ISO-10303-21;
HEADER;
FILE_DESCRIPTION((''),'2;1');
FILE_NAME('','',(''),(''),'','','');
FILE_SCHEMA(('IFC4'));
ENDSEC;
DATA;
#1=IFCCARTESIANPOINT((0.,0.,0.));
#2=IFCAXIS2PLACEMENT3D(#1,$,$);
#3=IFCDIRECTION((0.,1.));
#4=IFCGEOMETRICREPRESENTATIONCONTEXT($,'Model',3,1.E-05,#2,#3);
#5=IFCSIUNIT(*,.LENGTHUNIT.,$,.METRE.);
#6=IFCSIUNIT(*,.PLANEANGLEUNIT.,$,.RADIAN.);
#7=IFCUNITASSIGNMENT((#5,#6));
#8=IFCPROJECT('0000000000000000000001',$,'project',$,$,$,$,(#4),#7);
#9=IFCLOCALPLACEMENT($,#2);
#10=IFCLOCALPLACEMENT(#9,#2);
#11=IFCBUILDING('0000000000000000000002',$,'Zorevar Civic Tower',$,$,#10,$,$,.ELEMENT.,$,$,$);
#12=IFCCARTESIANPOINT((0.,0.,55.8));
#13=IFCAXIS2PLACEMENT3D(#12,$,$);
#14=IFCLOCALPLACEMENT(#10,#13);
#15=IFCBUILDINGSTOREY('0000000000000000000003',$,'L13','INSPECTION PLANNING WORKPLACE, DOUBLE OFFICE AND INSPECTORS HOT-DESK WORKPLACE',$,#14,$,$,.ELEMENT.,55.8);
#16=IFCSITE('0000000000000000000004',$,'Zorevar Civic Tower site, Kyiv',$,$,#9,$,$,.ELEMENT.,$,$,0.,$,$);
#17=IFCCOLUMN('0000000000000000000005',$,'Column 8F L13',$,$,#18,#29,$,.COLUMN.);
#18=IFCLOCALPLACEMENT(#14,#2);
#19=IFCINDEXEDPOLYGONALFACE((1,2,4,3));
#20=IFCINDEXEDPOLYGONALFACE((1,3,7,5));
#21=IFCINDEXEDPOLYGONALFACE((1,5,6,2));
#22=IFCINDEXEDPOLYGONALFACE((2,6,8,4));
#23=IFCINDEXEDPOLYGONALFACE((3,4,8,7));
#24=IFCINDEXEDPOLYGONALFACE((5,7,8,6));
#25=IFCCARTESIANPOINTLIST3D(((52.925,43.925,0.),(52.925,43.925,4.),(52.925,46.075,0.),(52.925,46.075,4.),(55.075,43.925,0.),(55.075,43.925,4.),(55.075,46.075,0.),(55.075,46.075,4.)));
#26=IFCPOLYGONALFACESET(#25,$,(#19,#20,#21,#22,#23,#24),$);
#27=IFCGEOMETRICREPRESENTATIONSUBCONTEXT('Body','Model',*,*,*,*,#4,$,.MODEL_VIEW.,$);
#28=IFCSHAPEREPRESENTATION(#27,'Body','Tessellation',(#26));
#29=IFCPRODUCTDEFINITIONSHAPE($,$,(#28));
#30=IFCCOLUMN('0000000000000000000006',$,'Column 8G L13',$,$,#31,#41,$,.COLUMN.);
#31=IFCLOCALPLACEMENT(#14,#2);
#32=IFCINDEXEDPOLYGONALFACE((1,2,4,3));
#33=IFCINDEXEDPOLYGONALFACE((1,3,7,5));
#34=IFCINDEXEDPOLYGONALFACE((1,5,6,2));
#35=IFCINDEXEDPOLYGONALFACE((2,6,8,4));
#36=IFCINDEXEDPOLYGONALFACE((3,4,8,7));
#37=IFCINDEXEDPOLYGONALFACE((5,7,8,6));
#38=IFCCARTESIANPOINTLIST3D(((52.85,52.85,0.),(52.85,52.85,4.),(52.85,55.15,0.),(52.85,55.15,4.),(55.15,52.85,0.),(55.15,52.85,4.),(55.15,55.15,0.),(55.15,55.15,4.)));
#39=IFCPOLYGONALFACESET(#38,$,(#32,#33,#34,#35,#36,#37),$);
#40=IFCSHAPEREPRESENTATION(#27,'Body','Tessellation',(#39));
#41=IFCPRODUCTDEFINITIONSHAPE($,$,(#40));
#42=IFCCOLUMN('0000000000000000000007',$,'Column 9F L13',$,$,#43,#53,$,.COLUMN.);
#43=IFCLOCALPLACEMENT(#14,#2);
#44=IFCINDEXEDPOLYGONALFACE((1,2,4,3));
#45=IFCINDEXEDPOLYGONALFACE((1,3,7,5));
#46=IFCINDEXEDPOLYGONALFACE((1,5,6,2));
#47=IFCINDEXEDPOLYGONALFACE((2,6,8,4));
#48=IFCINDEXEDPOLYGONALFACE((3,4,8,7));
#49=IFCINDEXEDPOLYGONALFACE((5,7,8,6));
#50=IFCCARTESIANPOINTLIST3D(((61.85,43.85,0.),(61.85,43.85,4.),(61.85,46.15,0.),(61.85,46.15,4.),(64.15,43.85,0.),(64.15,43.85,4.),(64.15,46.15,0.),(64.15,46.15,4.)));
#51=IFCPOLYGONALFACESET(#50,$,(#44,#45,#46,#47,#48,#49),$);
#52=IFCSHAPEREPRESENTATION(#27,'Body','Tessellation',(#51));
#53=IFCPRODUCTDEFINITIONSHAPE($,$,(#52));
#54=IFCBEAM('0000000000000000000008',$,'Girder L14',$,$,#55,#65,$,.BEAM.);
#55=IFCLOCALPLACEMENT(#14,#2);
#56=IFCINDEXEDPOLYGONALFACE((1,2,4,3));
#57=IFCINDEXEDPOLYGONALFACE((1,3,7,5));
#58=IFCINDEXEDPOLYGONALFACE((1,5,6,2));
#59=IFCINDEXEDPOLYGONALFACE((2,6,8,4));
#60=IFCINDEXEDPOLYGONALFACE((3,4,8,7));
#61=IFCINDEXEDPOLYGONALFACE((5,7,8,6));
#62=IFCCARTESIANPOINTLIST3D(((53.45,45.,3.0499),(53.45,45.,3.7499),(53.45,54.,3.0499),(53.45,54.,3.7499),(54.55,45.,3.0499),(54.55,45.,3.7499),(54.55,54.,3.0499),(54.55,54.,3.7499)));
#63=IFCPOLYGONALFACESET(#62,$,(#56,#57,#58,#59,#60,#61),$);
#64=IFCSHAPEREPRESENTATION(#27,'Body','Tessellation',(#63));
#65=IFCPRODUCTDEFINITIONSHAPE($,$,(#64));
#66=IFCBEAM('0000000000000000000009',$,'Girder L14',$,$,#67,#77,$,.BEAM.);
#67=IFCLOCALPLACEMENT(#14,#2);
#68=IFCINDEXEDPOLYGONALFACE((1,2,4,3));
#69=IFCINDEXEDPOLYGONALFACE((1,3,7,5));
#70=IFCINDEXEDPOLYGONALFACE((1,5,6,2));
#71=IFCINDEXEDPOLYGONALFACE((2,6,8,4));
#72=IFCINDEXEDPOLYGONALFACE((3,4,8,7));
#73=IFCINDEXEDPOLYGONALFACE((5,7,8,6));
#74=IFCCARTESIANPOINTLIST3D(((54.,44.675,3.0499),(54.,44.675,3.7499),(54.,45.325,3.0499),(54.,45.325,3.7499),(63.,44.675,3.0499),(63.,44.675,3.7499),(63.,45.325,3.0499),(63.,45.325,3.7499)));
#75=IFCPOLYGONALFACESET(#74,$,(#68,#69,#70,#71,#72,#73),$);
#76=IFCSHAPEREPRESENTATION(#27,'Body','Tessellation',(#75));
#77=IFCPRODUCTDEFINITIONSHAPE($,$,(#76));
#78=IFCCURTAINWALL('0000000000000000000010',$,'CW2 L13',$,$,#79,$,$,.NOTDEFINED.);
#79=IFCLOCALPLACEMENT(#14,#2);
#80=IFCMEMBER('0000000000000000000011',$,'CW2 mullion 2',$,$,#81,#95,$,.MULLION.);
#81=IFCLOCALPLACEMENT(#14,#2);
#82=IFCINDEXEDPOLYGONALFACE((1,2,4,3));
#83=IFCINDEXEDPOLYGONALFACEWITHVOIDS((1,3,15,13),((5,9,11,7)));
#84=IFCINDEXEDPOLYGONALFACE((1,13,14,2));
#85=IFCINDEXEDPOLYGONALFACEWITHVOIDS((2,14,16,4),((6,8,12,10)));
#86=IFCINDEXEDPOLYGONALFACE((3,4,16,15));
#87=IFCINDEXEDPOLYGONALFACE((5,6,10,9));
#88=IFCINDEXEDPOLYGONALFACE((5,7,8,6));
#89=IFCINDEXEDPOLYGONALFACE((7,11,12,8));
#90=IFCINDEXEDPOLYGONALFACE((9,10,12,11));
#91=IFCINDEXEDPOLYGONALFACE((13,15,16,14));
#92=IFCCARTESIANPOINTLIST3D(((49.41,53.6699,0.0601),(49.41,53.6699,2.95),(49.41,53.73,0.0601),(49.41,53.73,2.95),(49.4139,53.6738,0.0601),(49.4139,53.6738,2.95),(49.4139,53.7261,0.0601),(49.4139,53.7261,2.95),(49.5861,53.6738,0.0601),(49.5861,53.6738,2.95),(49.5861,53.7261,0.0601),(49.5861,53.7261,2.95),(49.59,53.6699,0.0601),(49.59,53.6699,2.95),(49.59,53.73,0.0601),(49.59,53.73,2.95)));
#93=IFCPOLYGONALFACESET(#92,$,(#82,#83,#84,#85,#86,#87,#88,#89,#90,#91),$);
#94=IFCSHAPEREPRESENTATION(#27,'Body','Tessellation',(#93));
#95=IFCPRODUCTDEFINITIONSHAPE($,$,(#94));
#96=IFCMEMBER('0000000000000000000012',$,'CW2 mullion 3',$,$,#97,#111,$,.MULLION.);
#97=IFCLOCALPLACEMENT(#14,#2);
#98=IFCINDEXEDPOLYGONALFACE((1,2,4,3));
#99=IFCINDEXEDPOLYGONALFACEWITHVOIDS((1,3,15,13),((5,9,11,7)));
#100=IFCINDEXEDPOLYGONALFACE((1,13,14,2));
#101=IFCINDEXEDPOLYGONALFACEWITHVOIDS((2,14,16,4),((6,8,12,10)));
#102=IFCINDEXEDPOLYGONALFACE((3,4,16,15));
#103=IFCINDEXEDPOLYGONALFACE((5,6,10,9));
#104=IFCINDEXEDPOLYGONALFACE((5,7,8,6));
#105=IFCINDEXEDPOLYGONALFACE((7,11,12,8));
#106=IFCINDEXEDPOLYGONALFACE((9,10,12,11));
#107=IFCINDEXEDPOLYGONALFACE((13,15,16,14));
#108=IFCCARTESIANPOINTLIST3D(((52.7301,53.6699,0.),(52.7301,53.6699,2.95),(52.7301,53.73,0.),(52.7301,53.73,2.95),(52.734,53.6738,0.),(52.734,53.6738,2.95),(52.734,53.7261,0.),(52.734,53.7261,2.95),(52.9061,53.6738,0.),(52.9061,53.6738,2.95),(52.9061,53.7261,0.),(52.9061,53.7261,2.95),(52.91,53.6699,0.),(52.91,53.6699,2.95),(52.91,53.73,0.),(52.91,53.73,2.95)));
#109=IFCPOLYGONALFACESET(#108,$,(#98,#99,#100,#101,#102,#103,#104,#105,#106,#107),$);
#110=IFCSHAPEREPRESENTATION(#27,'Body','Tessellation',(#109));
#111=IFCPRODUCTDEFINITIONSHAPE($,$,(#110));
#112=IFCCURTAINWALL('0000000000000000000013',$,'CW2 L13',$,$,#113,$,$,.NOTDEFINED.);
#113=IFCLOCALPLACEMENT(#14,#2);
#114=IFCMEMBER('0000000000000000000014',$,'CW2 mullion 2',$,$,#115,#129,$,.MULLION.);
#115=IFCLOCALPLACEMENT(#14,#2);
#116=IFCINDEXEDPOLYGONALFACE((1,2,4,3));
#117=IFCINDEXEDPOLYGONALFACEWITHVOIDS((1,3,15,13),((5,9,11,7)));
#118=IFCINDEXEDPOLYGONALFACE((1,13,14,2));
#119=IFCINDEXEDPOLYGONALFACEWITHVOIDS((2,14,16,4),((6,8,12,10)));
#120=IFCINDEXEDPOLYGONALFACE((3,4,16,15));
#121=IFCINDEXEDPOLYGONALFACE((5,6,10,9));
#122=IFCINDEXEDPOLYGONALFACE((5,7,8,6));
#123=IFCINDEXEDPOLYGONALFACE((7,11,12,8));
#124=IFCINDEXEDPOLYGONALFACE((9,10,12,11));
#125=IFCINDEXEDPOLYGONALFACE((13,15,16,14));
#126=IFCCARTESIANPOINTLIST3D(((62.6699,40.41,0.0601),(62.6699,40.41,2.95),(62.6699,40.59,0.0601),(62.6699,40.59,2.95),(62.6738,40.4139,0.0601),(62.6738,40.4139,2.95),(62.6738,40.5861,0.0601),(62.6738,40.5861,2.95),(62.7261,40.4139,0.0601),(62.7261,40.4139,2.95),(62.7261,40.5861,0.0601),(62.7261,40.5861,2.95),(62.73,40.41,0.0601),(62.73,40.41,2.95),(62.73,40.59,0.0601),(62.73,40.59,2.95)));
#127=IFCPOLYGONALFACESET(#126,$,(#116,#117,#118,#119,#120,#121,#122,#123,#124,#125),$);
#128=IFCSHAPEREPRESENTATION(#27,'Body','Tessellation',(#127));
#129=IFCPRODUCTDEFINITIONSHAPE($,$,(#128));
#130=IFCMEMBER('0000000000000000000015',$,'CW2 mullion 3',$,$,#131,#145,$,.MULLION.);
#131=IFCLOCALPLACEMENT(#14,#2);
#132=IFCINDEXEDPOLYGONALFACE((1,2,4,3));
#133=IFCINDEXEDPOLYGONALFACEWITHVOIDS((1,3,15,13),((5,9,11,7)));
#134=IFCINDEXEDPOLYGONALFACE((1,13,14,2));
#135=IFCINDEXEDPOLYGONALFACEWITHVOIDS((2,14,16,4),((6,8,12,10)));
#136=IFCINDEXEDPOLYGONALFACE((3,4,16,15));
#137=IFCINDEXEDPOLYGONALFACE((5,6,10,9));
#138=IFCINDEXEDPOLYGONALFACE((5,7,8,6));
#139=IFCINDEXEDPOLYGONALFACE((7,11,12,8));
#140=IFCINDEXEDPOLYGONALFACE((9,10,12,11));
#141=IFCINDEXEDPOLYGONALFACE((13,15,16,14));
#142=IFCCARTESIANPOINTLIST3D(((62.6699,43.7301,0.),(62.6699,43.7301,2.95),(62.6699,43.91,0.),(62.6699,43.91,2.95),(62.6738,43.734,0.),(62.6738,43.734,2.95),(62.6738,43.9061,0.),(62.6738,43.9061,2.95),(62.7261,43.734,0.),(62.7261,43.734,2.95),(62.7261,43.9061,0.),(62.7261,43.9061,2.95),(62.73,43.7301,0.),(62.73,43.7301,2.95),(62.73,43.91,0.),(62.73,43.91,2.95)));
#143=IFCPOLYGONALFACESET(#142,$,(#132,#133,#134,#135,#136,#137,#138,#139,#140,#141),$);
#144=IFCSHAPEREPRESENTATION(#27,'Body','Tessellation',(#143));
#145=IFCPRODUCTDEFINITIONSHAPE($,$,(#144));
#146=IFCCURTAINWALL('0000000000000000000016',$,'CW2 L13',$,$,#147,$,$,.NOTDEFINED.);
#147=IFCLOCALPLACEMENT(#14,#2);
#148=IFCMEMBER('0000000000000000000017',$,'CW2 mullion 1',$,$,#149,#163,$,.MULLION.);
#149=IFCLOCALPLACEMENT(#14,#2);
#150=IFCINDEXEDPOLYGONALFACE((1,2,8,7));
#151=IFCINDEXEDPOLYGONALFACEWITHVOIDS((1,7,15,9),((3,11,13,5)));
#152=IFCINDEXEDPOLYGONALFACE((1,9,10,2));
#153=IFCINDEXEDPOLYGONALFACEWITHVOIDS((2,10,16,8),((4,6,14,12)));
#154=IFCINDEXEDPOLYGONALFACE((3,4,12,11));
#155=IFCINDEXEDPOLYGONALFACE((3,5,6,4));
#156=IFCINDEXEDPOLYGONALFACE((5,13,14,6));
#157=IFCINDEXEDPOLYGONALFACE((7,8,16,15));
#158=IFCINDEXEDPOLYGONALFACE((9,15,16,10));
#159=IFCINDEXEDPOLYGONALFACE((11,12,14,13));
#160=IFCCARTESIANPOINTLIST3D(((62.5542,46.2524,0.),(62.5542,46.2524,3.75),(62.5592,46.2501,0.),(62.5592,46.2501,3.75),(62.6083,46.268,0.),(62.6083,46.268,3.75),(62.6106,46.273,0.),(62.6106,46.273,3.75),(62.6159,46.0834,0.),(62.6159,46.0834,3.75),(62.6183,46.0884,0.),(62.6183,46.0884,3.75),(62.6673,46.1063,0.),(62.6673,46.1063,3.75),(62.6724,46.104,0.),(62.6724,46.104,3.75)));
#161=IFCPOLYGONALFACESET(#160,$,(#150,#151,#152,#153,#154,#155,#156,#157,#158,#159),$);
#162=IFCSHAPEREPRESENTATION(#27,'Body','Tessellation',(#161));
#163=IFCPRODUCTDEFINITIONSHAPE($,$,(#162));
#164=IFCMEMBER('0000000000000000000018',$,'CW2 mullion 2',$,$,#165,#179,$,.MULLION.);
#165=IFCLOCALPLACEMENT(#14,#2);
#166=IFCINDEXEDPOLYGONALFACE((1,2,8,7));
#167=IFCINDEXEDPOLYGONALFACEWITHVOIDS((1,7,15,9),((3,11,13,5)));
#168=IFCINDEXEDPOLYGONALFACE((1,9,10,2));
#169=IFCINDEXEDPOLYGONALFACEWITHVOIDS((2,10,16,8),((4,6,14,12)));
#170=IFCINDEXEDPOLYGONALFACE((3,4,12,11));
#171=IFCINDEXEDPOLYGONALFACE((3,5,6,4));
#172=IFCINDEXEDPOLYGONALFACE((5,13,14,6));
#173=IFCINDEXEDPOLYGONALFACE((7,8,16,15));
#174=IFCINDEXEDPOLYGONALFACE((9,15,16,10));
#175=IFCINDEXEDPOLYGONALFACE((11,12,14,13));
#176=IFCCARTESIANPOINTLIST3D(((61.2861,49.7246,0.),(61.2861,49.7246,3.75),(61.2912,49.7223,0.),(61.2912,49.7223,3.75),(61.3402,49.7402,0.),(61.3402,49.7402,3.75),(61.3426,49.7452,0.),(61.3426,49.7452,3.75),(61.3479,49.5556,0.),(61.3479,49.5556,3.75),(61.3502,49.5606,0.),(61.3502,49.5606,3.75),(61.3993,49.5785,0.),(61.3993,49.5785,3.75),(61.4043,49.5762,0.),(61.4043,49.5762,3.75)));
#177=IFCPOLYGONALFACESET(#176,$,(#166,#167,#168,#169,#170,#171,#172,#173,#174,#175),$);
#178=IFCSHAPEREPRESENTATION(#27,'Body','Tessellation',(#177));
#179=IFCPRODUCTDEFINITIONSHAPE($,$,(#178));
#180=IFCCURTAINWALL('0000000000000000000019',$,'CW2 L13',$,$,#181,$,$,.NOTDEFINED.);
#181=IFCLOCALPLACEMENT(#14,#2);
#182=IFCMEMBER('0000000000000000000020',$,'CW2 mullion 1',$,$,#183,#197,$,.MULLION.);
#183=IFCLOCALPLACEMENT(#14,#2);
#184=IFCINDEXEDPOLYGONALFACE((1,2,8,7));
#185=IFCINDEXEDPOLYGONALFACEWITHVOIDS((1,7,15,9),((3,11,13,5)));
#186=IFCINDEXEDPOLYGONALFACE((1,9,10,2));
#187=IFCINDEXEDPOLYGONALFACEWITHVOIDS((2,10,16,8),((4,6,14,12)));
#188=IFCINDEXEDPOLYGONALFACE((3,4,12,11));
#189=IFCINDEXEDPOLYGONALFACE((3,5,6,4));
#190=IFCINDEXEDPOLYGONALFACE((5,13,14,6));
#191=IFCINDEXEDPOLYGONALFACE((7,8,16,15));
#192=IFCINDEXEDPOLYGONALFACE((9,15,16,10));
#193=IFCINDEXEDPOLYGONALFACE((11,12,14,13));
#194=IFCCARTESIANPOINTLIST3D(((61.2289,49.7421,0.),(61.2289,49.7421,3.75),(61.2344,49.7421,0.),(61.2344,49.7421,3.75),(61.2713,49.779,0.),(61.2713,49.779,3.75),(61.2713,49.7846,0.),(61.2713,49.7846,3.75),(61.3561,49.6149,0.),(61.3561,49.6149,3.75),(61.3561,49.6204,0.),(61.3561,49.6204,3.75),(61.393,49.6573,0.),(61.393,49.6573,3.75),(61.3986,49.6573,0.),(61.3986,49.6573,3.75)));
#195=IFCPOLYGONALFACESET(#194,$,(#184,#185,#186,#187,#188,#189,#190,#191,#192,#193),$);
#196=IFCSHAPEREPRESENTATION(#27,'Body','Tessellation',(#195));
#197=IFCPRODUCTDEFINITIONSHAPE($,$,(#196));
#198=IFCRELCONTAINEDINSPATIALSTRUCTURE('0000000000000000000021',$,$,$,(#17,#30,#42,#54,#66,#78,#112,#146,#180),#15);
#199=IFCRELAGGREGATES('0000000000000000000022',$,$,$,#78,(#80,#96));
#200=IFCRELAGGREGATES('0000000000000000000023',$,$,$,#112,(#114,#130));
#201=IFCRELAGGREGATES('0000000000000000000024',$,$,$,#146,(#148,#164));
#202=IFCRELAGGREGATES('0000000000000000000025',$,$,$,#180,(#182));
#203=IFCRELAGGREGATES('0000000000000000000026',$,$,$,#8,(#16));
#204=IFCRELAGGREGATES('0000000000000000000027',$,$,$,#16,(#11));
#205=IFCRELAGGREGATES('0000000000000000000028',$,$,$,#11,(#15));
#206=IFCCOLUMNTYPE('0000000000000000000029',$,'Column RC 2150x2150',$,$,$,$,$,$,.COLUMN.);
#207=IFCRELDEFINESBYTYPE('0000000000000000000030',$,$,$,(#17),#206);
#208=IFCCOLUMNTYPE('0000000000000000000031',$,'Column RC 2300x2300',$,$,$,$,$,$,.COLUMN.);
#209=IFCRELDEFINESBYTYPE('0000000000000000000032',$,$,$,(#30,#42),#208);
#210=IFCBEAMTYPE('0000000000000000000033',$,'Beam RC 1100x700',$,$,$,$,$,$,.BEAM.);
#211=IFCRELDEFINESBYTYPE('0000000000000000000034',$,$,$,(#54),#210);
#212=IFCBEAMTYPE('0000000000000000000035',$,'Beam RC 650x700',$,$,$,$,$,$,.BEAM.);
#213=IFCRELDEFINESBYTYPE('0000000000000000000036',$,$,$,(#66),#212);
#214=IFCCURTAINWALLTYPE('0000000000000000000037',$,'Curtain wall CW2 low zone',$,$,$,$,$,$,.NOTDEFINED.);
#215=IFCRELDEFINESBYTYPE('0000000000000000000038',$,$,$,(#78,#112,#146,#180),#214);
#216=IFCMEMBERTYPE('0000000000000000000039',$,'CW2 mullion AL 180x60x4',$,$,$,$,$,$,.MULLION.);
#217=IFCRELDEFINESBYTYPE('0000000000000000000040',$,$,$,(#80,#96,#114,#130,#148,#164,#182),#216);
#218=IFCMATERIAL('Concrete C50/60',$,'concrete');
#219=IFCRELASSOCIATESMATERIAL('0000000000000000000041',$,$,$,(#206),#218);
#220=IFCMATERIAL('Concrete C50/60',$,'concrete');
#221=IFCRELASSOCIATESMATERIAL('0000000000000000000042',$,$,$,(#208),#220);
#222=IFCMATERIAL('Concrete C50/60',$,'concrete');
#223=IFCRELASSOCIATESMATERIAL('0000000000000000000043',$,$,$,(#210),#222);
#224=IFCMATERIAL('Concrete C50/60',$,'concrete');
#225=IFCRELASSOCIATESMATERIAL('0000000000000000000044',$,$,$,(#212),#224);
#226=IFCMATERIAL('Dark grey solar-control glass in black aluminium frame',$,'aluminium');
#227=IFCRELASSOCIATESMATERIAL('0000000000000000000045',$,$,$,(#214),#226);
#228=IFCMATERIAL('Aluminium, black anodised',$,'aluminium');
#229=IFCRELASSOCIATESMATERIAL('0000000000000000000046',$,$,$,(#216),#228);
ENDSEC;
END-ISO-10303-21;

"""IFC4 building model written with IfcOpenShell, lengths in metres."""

from ifc_helpers import new_model, si_unit, direction, frame, origin, origin_2d, place, context, subcontext, project, spatial, rectangle, hollow_rectangle, extrude, material, material_profile, profile_set, type_object, element, aggregate, save


model = new_model("IFC4")

# Units and contexts
model_context = context("Model", 3, precision=1e-05, world=origin(), true_north=direction((0.0, 1.0)))
body_context = subcontext(model_context, "Body", "Model", "MODEL_VIEW")
ifc_project = project(units=[si_unit("LENGTHUNIT", "METRE"), si_unit("PLANEANGLEUNIT", "RADIAN")], contexts=[model_context])

# Site, building, storey
site_placement = place(None, origin())
site = spatial("IfcSite", under=ifc_project, at=site_placement, Name="Zorevar Civic Tower site, Kyiv", CompositionType="ELEMENT", RefElevation=0.0)
building_placement = place(site_placement, origin())
building = spatial("IfcBuilding", under=site, at=building_placement, Name="Zorevar Civic Tower", CompositionType="ELEMENT")
storey_placement = place(building_placement, frame((0.0, 0.0, 55.8)))
storey = spatial("IfcBuildingStorey", under=building, at=storey_placement, Name="L13", Description="INSPECTION PLANNING WORKPLACE, DOUBLE OFFICE AND INSPECTORS HOT-DESK WORKPLACE", CompositionType="ELEMENT", Elevation=55.8)

# Columns
ifc_material_1 = material(Name="Concrete C50/60", Category="concrete")
ifc_material_profile_1 = material_profile(ifc_material_1, rectangle(XDim=2.1499, YDim=2.1499, at=origin_2d()), Name="RC 2150x2150")
ifc_profile_set_1 = profile_set([ifc_material_profile_1], Name="Concrete C50/60")
column_type_1 = type_object("IfcColumnType", Name="Column RC 2150x2150", PredefinedType="COLUMN", material=ifc_profile_set_1)
column_placement = place(storey_placement, frame((54.0, 45.0, 0.0), z_axis=(0.0, 0.0, 1.0), x_axis=(1.0, 0.0, 0.0)))
element("IfcColumn", 1, at=column_placement, inside=storey, type_object=column_type_1, Name="Column 8F L13", PredefinedType="COLUMN", context=body_context, shape_type="SweptSolid", body=[
    extrude(rectangle(XDim=2.1499, YDim=2.1499, at=origin_2d()), origin(), (0.0, 0.0, 1.0), 4.0),
])
ifc_material_2 = material(Name="Concrete C50/60", Category="concrete")
ifc_material_profile_2 = material_profile(ifc_material_2, rectangle(XDim=2.3, YDim=2.3, at=origin_2d()), Name="RC 2300x2300")
ifc_profile_set_2 = profile_set([ifc_material_profile_2], Name="Concrete C50/60")
column_type_2 = type_object("IfcColumnType", Name="Column RC 2300x2300", PredefinedType="COLUMN", material=ifc_profile_set_2)
for number, where, z_axis, x_axis, name in (
    (2, (54.0, 54.0, 0.0), (0.0, 0.0, 1.0), (1.0, 0.0, 0.0), "Column 8G L13"),
    (3, (63.0, 45.0, 0.0), (0.0, 0.0, 1.0), (1.0, 0.0, 0.0), "Column 9F L13"),
):
    element("IfcColumn", number, at=place(storey_placement, frame(where, z_axis=z_axis, x_axis=x_axis)), inside=storey, type_object=column_type_2, Name=name, PredefinedType="COLUMN", context=body_context, shape_type="SweptSolid", body=[
        extrude(rectangle(XDim=2.3, YDim=2.3, at=origin_2d()), origin(), (0.0, 0.0, 1.0), 4.0),
    ])

# Beams
ifc_material_3 = material(Name="Concrete C50/60", Category="concrete")
ifc_material_profile_3 = material_profile(ifc_material_3, rectangle(XDim=1.1001, YDim=0.7, at=origin_2d()), Name="RC 1100x700")
ifc_profile_set_3 = profile_set([ifc_material_profile_3], Name="Concrete C50/60")
beam_type_1 = type_object("IfcBeamType", Name="Beam RC 1100x700", PredefinedType="BEAM", material=ifc_profile_set_3)
beam_1_placement = place(storey_placement, frame((54.0, 45.0, 3.3999), z_axis=(0.0, 1.0, 0.0), x_axis=(-1.0, 0.0, 0.0)))
element("IfcBeam", 4, at=beam_1_placement, inside=storey, type_object=beam_type_1, Name="Girder L14", PredefinedType="BEAM", context=body_context, shape_type="SweptSolid", body=[
    extrude(rectangle(XDim=1.1001, YDim=0.7, at=origin_2d()), origin(), (0.0, 0.0, 1.0), 9.0),
])
ifc_material_4 = material(Name="Concrete C50/60", Category="concrete")
ifc_material_profile_4 = material_profile(ifc_material_4, rectangle(XDim=0.6499, YDim=0.7, at=origin_2d()), Name="RC 650x700")
ifc_profile_set_4 = profile_set([ifc_material_profile_4], Name="Concrete C50/60")
beam_type_2 = type_object("IfcBeamType", Name="Beam RC 650x700", PredefinedType="BEAM", material=ifc_profile_set_4)
beam_2_placement = place(storey_placement, frame((54.0, 45.0, 3.3999), z_axis=(1.0, 0.0, 0.0), x_axis=(0.0, 1.0, 0.0)))
element("IfcBeam", 5, at=beam_2_placement, inside=storey, type_object=beam_type_2, Name="Girder L14", PredefinedType="BEAM", context=body_context, shape_type="SweptSolid", body=[
    extrude(rectangle(XDim=0.6499, YDim=0.7, at=origin_2d()), origin(), (0.0, 0.0, 1.0), 9.0),
])

# Curtain walls, members
ifc_material_5 = material(Name="Dark grey solar-control glass in black aluminium frame", Category="aluminium")
curtain_wall_type = type_object("IfcCurtainWallType", Name="Curtain wall CW2 low zone", PredefinedType="NOTDEFINED", material=ifc_material_5)
curtain_wall_1_placement = place(storey_placement, origin())
curtain_wall_1 = element("IfcCurtainWall", 6, at=curtain_wall_1_placement, inside=storey, type_object=curtain_wall_type, Name="CW2 L13", PredefinedType="NOTDEFINED")
ifc_material_6 = material(Name="Aluminium, black anodised", Category="aluminium")
ifc_material_profile_5 = material_profile(ifc_material_6, hollow_rectangle(XDim=0.0601, YDim=0.1799, WallThickness=0.0039, at=origin_2d()), Name="AL 180x60x4")
ifc_profile_set_5 = profile_set([ifc_material_profile_5], Name="Aluminium, black anodised")
member_type_1 = type_object("IfcMemberType", Name="CW2 mullion AL 180x60x4", PredefinedType="MULLION", material=ifc_profile_set_5)
member_1_placement = place(storey_placement, frame((49.5, 53.7, 0.0601), z_axis=(0.0, 0.0, 1.0), x_axis=(0.0, 1.0, 0.0)))
member_1 = element("IfcMember", 7, at=member_1_placement, type_object=member_type_1, Name="CW2 mullion 2", PredefinedType="MULLION", context=body_context, shape_type="SweptSolid", body=[
    extrude(hollow_rectangle(XDim=0.0601, YDim=0.1799, WallThickness=0.0039, at=origin_2d()), origin(), (0.0, 0.0, 1.0), 2.8899),
])
member_2_placement = place(storey_placement, frame((52.8201, 53.7, 0.0), z_axis=(0.0, 0.0, 1.0), x_axis=(0.0, 1.0, 0.0)))
member_2 = element("IfcMember", 8, at=member_2_placement, type_object=member_type_1, Name="CW2 mullion 3", PredefinedType="MULLION", context=body_context, shape_type="SweptSolid", body=[
    extrude(hollow_rectangle(XDim=0.0601, YDim=0.1799, WallThickness=0.0039, at=origin_2d()), origin(), (0.0, 0.0, 1.0), 2.95),
])
curtain_wall_2_placement = place(storey_placement, origin())
curtain_wall_2 = element("IfcCurtainWall", 9, at=curtain_wall_2_placement, inside=storey, type_object=curtain_wall_type, Name="CW2 L13", PredefinedType="NOTDEFINED")
member_3_placement = place(storey_placement, frame((62.7, 40.5, 0.0601), z_axis=(0.0, 0.0, 1.0), x_axis=(-1.0, 0.0, 0.0)))
member_3 = element("IfcMember", 10, at=member_3_placement, type_object=member_type_1, Name="CW2 mullion 2", PredefinedType="MULLION", context=body_context, shape_type="SweptSolid", body=[
    extrude(hollow_rectangle(XDim=0.0601, YDim=0.1799, WallThickness=0.0039, at=origin_2d()), origin(), (0.0, 0.0, 1.0), 2.8899),
])
member_4_placement = place(storey_placement, frame((62.7, 43.8201, 0.0), z_axis=(0.0, 0.0, 1.0), x_axis=(-1.0, 0.0, 0.0)))
member_4 = element("IfcMember", 11, at=member_4_placement, type_object=member_type_1, Name="CW2 mullion 3", PredefinedType="MULLION", context=body_context, shape_type="SweptSolid", body=[
    extrude(hollow_rectangle(XDim=0.0601, YDim=0.1799, WallThickness=0.0039, at=origin_2d()), origin(), (0.0, 0.0, 1.0), 2.95),
])
curtain_wall_3_placement = place(storey_placement, origin())
curtain_wall_3 = element("IfcCurtainWall", 12, at=curtain_wall_3_placement, inside=storey, type_object=curtain_wall_type, Name="CW2 L13", PredefinedType="NOTDEFINED")
member_5_placement = place(storey_placement, frame((62.6133, 46.1782, 0.0), z_axis=(0.0, 0.0, 1.0), x_axis=(-0.939313, -0.34306, 0.0)))
member_5 = element("IfcMember", 13, at=member_5_placement, type_object=member_type_1, Name="CW2 mullion 1", PredefinedType="MULLION", context=body_context, shape_type="SweptSolid", body=[
    extrude(hollow_rectangle(XDim=0.0601, YDim=0.1799, WallThickness=0.0039, at=origin_2d()), origin(), (0.0, 0.0, 1.0), 3.75),
])
member_6_placement = place(storey_placement, frame((61.3452, 49.6504, 0.0), z_axis=(0.0, 0.0, 1.0), x_axis=(-0.939313, -0.34306, 0.0)))
member_6 = element("IfcMember", 14, at=member_6_placement, type_object=member_type_1, Name="CW2 mullion 2", PredefinedType="MULLION", context=body_context, shape_type="SweptSolid", body=[
    extrude(hollow_rectangle(XDim=0.0601, YDim=0.1799, WallThickness=0.0039, at=origin_2d()), origin(), (0.0, 0.0, 1.0), 3.75),
])
curtain_wall_4_placement = place(storey_placement, origin())
curtain_wall_4 = element("IfcCurtainWall", 15, at=curtain_wall_4_placement, inside=storey, type_object=curtain_wall_type, Name="CW2 L13", PredefinedType="NOTDEFINED")
member_7_placement = place(storey_placement, frame((61.3137, 49.6997, 0.0), z_axis=(0.0, 0.0, 1.0), x_axis=(-0.707107, -0.707107, 0.0)))
member_7 = element("IfcMember", 16, at=member_7_placement, type_object=member_type_1, Name="CW2 mullion 1", PredefinedType="MULLION", context=body_context, shape_type="SweptSolid", body=[
    extrude(hollow_rectangle(XDim=0.0601, YDim=0.1799, WallThickness=0.0039, at=origin_2d()), origin(), (0.0, 0.0, 1.0), 3.75),
])

aggregate(curtain_wall_1, [member_1, member_2])
aggregate(curtain_wall_2, [member_3, member_4])
aggregate(curtain_wall_3, [member_5, member_6])
aggregate(curtain_wall_4, [member_7])

save(model, "model.ifc")
